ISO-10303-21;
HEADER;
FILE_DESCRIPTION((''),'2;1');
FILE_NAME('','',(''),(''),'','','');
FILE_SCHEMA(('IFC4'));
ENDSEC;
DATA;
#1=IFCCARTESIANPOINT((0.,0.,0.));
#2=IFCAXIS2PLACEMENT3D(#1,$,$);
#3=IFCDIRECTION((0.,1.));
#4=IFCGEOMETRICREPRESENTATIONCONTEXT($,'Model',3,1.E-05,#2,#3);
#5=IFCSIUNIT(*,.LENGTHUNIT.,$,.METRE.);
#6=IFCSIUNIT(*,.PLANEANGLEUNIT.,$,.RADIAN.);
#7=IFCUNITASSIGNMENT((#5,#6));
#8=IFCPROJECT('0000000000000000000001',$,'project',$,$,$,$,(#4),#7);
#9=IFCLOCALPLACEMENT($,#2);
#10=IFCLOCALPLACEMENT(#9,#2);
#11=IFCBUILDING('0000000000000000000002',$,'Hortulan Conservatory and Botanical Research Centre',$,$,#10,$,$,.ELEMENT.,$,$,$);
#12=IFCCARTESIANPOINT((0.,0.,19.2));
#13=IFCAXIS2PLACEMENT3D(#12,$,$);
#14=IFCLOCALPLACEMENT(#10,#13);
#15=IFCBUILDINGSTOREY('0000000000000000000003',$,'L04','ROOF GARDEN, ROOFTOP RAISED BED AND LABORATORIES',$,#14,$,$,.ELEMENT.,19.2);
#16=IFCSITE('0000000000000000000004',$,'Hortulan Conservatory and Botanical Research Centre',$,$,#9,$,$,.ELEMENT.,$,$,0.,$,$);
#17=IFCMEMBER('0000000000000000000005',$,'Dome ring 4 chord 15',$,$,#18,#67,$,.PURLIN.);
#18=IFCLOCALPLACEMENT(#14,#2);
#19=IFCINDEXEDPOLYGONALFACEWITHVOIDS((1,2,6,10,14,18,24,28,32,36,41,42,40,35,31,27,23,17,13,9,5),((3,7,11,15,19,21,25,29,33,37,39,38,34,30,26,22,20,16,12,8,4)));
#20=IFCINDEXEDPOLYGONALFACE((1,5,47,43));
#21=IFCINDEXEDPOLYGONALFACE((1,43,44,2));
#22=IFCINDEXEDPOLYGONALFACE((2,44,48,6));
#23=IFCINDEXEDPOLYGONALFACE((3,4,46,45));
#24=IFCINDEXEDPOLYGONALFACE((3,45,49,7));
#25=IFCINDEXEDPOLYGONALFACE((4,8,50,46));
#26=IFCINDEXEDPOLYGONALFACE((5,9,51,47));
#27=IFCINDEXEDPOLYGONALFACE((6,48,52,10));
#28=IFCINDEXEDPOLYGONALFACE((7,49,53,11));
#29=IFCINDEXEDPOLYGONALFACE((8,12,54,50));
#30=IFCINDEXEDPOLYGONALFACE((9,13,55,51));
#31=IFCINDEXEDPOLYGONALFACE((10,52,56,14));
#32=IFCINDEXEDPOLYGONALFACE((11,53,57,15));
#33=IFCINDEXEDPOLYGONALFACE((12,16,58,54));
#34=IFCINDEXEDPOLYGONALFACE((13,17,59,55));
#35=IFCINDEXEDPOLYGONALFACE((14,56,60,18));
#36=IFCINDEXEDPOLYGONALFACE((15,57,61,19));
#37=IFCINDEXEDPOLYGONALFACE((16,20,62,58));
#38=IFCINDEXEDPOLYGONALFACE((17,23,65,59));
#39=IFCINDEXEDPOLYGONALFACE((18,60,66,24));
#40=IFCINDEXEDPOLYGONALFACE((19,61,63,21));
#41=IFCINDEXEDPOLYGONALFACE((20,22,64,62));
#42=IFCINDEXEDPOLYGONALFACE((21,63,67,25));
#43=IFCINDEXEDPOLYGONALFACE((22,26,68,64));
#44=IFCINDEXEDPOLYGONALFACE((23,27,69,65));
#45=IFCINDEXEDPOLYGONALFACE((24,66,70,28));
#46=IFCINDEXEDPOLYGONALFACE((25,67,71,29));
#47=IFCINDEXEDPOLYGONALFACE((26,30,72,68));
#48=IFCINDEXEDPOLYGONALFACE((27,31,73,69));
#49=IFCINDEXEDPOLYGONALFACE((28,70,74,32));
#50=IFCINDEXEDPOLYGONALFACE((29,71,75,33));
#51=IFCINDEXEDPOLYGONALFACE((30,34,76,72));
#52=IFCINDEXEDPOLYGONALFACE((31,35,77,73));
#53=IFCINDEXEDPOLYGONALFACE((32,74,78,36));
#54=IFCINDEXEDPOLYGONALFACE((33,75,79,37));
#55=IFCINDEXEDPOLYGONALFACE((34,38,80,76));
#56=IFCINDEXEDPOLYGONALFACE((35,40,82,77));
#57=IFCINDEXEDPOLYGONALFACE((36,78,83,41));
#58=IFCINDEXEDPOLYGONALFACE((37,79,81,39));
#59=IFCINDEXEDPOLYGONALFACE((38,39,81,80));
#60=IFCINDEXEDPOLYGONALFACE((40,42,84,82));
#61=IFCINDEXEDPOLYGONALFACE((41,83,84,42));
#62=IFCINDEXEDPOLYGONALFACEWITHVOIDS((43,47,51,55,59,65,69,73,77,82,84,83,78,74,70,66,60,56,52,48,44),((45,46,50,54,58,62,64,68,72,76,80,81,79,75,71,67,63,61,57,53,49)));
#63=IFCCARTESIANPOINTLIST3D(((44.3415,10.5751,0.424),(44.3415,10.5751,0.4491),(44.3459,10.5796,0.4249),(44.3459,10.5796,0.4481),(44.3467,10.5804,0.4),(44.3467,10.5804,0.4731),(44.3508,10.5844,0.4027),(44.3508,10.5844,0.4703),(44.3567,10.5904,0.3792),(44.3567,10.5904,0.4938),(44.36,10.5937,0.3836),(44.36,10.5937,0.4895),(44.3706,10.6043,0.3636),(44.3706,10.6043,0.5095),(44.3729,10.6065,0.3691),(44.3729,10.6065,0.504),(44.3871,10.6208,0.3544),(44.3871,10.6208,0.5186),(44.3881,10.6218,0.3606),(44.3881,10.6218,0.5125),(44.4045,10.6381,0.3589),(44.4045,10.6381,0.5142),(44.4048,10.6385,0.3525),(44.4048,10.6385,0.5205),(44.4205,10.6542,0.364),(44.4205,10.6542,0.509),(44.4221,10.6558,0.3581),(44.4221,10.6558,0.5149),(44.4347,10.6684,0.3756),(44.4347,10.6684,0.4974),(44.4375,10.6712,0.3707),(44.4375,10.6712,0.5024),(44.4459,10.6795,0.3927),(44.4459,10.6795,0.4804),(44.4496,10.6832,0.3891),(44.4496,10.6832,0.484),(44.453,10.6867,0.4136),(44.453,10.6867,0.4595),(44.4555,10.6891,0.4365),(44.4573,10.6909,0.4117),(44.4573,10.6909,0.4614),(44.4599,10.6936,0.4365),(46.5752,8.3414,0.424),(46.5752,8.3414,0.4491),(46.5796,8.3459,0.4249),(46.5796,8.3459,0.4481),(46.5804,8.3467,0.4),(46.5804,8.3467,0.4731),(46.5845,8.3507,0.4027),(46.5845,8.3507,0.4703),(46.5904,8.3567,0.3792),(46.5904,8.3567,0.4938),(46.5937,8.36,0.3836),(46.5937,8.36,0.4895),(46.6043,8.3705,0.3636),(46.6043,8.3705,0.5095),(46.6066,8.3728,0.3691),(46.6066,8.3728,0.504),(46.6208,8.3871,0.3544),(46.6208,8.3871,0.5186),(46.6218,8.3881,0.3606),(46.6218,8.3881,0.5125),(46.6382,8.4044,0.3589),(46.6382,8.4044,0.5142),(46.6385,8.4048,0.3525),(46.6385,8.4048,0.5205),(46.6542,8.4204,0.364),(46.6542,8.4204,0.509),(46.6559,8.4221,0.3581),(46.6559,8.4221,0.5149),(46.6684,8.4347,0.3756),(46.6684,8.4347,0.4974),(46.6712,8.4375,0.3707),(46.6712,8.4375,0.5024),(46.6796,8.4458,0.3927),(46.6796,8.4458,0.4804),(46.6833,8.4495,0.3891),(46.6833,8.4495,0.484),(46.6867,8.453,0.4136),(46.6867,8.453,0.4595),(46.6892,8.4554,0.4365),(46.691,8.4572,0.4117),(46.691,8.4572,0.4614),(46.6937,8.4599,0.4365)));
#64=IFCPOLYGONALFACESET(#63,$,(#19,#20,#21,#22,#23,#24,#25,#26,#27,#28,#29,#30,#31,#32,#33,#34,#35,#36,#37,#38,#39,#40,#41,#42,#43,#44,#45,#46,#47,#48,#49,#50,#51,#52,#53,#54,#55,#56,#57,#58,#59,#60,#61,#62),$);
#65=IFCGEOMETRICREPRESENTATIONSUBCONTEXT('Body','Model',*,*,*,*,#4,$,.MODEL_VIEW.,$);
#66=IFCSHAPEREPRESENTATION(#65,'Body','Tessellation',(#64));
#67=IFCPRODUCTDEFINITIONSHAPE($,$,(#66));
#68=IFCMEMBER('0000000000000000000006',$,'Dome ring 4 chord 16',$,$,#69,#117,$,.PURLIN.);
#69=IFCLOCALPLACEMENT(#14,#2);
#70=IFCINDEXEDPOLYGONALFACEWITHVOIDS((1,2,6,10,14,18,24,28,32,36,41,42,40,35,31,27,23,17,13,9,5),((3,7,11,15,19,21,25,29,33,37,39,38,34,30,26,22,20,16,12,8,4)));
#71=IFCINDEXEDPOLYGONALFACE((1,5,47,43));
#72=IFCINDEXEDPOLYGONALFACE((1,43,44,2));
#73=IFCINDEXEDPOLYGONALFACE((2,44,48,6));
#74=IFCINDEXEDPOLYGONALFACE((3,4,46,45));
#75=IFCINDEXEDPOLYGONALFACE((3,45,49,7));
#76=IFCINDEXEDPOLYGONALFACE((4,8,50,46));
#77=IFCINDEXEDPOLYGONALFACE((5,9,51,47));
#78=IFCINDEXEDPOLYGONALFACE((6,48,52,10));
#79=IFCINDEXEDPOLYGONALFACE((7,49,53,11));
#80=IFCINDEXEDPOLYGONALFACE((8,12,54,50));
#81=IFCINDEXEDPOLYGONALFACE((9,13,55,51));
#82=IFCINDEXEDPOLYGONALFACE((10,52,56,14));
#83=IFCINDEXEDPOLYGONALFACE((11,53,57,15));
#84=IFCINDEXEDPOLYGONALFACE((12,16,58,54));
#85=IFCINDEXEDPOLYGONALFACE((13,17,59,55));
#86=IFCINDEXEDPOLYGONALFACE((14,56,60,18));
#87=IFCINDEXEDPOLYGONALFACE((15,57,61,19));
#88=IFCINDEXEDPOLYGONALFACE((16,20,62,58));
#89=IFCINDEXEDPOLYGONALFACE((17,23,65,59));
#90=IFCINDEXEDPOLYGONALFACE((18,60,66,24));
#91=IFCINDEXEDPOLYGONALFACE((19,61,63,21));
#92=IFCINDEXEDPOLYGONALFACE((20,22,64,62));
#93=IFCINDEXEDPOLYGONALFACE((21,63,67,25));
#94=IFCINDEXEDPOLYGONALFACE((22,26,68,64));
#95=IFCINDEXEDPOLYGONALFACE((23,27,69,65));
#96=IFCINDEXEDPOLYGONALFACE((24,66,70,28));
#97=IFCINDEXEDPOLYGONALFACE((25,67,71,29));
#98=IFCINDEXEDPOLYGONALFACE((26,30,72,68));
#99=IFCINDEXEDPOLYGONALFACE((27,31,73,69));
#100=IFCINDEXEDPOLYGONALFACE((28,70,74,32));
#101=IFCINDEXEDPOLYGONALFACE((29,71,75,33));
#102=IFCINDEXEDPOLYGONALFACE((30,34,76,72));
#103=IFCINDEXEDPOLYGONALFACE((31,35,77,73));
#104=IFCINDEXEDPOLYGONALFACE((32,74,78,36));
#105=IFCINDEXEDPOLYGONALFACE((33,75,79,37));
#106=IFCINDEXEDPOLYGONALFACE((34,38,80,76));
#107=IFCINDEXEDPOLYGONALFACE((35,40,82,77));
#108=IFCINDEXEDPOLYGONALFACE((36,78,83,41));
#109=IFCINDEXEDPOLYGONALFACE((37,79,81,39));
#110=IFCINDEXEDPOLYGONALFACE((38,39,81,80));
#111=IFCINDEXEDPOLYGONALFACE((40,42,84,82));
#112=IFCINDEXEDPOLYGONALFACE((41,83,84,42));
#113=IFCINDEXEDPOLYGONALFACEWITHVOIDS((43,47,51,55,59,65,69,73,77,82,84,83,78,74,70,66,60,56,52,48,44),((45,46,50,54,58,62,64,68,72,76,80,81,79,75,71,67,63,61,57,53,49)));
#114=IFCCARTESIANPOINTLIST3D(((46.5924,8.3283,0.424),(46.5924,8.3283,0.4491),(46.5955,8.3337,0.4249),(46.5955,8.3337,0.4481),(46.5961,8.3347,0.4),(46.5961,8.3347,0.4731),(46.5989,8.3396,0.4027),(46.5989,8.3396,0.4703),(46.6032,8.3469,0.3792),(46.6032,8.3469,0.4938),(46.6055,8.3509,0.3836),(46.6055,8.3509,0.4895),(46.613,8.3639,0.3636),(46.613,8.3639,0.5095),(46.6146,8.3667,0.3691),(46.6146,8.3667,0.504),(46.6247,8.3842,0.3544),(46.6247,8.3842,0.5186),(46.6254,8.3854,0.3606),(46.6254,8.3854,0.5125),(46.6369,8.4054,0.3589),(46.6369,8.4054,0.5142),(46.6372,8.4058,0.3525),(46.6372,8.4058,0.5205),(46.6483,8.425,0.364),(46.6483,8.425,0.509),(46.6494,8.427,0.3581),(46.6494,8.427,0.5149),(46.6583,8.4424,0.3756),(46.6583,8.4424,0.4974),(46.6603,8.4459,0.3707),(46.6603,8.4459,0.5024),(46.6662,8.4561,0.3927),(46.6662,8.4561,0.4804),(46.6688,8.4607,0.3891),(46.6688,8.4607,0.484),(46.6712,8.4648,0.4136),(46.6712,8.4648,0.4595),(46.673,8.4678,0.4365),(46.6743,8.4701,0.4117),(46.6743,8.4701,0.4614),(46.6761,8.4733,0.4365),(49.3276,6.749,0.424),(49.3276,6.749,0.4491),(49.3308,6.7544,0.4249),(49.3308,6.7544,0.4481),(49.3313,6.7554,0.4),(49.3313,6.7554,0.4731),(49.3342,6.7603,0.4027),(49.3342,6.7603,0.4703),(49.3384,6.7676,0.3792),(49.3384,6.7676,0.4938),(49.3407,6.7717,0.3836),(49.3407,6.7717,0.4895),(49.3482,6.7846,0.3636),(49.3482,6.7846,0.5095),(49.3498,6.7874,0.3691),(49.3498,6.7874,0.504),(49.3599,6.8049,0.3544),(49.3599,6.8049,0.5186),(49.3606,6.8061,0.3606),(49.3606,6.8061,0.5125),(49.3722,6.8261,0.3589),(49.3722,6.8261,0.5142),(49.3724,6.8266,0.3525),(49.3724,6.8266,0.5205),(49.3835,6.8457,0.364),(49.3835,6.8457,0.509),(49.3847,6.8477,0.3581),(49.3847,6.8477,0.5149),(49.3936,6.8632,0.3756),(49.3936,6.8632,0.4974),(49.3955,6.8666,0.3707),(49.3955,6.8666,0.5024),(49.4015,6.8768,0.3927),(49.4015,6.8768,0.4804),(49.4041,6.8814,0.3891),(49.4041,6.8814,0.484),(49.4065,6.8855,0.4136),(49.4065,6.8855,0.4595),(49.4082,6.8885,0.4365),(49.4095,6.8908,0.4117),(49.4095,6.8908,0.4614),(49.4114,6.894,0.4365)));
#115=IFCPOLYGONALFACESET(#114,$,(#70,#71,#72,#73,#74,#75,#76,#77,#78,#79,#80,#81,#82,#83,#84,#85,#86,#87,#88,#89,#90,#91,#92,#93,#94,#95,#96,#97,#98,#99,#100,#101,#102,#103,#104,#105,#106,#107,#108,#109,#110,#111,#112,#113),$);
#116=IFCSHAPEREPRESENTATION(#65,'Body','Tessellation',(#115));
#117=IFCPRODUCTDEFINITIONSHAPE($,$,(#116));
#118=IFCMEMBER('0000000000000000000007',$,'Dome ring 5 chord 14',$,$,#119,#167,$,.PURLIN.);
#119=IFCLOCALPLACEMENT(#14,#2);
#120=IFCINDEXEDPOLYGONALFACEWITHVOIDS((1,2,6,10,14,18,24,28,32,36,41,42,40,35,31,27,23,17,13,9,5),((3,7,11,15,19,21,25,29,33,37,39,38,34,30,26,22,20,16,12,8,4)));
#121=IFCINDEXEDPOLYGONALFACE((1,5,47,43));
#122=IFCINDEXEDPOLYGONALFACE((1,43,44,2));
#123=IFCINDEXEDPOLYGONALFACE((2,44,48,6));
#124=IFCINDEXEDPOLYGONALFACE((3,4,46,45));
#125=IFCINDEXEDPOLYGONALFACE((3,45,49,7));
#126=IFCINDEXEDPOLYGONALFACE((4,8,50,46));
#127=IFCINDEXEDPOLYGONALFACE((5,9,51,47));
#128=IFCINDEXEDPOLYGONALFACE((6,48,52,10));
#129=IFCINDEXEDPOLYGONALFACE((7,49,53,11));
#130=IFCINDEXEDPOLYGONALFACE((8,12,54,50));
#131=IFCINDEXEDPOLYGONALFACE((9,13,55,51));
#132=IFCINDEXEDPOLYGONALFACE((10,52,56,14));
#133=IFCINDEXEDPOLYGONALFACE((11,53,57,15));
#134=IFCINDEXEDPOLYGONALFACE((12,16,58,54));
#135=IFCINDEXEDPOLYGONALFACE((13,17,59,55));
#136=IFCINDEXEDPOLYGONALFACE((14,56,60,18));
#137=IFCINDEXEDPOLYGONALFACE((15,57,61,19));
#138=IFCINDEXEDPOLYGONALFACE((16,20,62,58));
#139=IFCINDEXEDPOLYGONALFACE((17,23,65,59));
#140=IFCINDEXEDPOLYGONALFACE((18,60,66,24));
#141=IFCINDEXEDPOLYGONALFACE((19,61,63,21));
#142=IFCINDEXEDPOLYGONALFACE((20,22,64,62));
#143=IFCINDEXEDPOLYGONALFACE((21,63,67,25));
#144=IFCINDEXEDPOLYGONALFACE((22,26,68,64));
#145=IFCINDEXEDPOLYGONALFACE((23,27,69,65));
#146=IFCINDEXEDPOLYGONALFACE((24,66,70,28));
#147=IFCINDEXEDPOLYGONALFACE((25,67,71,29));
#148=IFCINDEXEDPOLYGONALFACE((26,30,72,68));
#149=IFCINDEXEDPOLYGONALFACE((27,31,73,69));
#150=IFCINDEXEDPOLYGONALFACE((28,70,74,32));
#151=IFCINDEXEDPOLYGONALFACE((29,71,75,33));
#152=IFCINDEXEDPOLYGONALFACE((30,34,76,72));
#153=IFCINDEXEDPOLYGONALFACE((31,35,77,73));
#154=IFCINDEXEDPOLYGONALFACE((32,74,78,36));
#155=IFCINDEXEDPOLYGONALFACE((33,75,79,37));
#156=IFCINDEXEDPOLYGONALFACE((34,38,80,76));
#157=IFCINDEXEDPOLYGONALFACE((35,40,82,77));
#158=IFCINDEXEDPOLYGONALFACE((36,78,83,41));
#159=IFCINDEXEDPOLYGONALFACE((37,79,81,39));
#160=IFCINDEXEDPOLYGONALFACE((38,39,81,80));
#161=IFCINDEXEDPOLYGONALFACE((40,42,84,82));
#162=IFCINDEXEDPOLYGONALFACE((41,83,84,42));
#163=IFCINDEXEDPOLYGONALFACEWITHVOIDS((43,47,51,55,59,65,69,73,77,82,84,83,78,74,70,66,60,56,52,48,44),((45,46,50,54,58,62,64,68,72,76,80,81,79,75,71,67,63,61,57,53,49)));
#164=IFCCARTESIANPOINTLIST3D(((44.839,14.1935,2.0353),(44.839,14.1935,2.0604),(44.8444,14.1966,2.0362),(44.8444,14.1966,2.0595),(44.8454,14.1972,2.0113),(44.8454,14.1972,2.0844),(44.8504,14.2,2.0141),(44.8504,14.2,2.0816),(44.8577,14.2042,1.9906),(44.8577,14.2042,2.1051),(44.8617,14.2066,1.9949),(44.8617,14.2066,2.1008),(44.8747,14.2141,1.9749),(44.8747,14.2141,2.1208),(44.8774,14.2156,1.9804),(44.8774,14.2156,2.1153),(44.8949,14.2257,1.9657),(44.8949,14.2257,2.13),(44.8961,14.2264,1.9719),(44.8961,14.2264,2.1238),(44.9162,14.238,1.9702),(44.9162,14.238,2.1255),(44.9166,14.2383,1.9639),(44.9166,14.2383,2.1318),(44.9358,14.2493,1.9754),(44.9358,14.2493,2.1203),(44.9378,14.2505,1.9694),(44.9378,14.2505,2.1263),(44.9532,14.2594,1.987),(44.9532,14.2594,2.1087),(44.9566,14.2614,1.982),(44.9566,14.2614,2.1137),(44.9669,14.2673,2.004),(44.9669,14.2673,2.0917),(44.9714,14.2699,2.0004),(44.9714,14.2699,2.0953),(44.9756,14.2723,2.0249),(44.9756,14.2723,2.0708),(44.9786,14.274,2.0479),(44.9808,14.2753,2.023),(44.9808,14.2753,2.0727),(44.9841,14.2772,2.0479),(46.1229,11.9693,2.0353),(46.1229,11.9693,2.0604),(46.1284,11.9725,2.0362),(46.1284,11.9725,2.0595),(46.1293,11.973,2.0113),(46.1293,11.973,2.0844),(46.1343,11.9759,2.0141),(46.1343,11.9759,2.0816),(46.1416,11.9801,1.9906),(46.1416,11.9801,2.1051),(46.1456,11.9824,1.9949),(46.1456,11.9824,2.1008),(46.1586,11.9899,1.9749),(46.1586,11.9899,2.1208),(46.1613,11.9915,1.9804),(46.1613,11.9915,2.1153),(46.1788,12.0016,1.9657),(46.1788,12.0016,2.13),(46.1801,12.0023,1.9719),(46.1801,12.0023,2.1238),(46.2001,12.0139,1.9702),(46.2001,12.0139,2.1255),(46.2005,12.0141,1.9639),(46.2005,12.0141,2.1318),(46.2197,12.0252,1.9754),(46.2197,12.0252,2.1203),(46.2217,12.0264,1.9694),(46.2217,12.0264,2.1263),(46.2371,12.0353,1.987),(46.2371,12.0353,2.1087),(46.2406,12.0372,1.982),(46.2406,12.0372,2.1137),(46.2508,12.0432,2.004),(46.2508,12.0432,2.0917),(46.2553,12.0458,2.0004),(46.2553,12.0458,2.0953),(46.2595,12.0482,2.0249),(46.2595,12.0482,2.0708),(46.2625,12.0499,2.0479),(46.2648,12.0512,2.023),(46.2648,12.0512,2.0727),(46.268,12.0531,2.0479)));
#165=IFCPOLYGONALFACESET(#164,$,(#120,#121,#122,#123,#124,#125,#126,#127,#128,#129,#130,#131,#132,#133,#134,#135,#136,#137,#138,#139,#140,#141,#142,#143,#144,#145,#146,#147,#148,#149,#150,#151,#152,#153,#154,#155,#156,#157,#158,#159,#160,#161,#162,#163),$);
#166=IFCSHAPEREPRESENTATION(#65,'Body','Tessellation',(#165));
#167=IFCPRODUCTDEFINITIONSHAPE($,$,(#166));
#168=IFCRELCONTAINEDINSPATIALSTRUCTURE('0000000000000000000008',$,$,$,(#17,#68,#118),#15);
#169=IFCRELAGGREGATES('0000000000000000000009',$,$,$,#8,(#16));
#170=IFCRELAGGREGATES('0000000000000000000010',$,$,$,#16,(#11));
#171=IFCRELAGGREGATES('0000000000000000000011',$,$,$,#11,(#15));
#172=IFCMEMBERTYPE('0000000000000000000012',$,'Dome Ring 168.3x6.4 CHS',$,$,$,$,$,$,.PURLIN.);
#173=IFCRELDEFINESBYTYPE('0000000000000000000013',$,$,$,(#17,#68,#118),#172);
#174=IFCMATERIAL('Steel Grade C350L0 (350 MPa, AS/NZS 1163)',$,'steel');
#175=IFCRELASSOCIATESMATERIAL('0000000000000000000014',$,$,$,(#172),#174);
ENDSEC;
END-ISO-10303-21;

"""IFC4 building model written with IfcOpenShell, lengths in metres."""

from ifc_helpers import new_model, si_unit, direction, frame, origin, origin_2d, place, context, subcontext, project, spatial, hollow_circle, extrude, material, material_profile, profile_set, type_object, element, save


model = new_model("IFC4")

# Units and contexts
model_context = context("Model", 3, precision=1e-05, world=origin(), true_north=direction((0.0, 1.0)))
body_context = subcontext(model_context, "Body", "Model", "MODEL_VIEW")
ifc_project = project(units=[si_unit("LENGTHUNIT", "METRE"), si_unit("PLANEANGLEUNIT", "RADIAN")], contexts=[model_context])

# Site, building, storey
site_placement = place(None, origin())
site = spatial("IfcSite", under=ifc_project, at=site_placement, Name="Hortulan Conservatory and Botanical Research Centre", CompositionType="ELEMENT", RefElevation=0.0)
building_placement = place(site_placement, origin())
building = spatial("IfcBuilding", under=site, at=building_placement, Name="Hortulan Conservatory and Botanical Research Centre", CompositionType="ELEMENT")
storey_placement = place(building_placement, frame((0.0, 0.0, 19.2)))
storey = spatial("IfcBuildingStorey", under=building, at=storey_placement, Name="L04", Description="ROOF GARDEN, ROOFTOP RAISED BED AND LABORATORIES", CompositionType="ELEMENT", Elevation=19.2)

# Shared definitions
ifc_material_1 = material(Name="Steel Grade C350L0 (350 MPa, AS/NZS 1163)", Category="steel")

# Members
ifc_material_profile_1 = material_profile(ifc_material_1, hollow_circle(Radius=0.0842, WallThickness=0.0063, at=origin_2d()), Name="168.3x6.4CHS")
ifc_profile_set_1 = profile_set([ifc_material_profile_1], Name="Steel Grade C350L0 (350 MPa, AS/NZS 1163)")
member_type_1 = type_object("IfcMemberType", Name="Dome Ring 168.3x6.4 CHS", PredefinedType="PURLIN", material=ifc_profile_set_1)
member_1_placement = place(storey_placement, frame((44.4004, 10.634, 0.4365), z_axis=(0.707107, -0.707107, 0.0), x_axis=(0.707107, 0.707107, 0.0)))
element("IfcMember", 1, at=member_1_placement, inside=storey, type_object=member_type_1, Name="Dome ring 4 chord 15", PredefinedType="PURLIN", context=body_context, shape_type="SweptSolid", body=[
    extrude(hollow_circle(Radius=0.0842, WallThickness=0.0063, at=origin_2d()), origin(), (0.0, 0.0, 1.0), 3.1589),
])
member_2_placement = place(storey_placement, frame((46.634, 8.4004, 0.4365), z_axis=(0.866013, -0.500021, 0.0), x_axis=(0.500021, 0.866013, 0.0)))
element("IfcMember", 2, at=member_2_placement, inside=storey, type_object=member_type_1, Name="Dome ring 4 chord 16", PredefinedType="PURLIN", context=body_context, shape_type="SweptSolid", body=[
    extrude(hollow_circle(Radius=0.0842, WallThickness=0.0063, at=origin_2d()), origin(), (0.0, 0.0, 1.0), 3.1584),
])
for number, where, z_axis, x_axis, name in (
    (3, (44.9111, 14.2351, 2.0479), (0.499953, -0.866053, 0.0), (0.866053, 0.499953, 0.0), "Dome ring 5 chord 14"),
):
    element("IfcMember", number, at=place(storey_placement, frame(where, z_axis=z_axis, x_axis=x_axis)), inside=storey, type_object=member_type_1, Name=name, PredefinedType="PURLIN", context=body_context, shape_type="SweptSolid", body=[
        extrude(hollow_circle(Radius=0.0842, WallThickness=0.0063, at=origin_2d()), origin(), (0.0, 0.0, 1.0), 2.5681),
    ])

save(model, "model.ifc")
